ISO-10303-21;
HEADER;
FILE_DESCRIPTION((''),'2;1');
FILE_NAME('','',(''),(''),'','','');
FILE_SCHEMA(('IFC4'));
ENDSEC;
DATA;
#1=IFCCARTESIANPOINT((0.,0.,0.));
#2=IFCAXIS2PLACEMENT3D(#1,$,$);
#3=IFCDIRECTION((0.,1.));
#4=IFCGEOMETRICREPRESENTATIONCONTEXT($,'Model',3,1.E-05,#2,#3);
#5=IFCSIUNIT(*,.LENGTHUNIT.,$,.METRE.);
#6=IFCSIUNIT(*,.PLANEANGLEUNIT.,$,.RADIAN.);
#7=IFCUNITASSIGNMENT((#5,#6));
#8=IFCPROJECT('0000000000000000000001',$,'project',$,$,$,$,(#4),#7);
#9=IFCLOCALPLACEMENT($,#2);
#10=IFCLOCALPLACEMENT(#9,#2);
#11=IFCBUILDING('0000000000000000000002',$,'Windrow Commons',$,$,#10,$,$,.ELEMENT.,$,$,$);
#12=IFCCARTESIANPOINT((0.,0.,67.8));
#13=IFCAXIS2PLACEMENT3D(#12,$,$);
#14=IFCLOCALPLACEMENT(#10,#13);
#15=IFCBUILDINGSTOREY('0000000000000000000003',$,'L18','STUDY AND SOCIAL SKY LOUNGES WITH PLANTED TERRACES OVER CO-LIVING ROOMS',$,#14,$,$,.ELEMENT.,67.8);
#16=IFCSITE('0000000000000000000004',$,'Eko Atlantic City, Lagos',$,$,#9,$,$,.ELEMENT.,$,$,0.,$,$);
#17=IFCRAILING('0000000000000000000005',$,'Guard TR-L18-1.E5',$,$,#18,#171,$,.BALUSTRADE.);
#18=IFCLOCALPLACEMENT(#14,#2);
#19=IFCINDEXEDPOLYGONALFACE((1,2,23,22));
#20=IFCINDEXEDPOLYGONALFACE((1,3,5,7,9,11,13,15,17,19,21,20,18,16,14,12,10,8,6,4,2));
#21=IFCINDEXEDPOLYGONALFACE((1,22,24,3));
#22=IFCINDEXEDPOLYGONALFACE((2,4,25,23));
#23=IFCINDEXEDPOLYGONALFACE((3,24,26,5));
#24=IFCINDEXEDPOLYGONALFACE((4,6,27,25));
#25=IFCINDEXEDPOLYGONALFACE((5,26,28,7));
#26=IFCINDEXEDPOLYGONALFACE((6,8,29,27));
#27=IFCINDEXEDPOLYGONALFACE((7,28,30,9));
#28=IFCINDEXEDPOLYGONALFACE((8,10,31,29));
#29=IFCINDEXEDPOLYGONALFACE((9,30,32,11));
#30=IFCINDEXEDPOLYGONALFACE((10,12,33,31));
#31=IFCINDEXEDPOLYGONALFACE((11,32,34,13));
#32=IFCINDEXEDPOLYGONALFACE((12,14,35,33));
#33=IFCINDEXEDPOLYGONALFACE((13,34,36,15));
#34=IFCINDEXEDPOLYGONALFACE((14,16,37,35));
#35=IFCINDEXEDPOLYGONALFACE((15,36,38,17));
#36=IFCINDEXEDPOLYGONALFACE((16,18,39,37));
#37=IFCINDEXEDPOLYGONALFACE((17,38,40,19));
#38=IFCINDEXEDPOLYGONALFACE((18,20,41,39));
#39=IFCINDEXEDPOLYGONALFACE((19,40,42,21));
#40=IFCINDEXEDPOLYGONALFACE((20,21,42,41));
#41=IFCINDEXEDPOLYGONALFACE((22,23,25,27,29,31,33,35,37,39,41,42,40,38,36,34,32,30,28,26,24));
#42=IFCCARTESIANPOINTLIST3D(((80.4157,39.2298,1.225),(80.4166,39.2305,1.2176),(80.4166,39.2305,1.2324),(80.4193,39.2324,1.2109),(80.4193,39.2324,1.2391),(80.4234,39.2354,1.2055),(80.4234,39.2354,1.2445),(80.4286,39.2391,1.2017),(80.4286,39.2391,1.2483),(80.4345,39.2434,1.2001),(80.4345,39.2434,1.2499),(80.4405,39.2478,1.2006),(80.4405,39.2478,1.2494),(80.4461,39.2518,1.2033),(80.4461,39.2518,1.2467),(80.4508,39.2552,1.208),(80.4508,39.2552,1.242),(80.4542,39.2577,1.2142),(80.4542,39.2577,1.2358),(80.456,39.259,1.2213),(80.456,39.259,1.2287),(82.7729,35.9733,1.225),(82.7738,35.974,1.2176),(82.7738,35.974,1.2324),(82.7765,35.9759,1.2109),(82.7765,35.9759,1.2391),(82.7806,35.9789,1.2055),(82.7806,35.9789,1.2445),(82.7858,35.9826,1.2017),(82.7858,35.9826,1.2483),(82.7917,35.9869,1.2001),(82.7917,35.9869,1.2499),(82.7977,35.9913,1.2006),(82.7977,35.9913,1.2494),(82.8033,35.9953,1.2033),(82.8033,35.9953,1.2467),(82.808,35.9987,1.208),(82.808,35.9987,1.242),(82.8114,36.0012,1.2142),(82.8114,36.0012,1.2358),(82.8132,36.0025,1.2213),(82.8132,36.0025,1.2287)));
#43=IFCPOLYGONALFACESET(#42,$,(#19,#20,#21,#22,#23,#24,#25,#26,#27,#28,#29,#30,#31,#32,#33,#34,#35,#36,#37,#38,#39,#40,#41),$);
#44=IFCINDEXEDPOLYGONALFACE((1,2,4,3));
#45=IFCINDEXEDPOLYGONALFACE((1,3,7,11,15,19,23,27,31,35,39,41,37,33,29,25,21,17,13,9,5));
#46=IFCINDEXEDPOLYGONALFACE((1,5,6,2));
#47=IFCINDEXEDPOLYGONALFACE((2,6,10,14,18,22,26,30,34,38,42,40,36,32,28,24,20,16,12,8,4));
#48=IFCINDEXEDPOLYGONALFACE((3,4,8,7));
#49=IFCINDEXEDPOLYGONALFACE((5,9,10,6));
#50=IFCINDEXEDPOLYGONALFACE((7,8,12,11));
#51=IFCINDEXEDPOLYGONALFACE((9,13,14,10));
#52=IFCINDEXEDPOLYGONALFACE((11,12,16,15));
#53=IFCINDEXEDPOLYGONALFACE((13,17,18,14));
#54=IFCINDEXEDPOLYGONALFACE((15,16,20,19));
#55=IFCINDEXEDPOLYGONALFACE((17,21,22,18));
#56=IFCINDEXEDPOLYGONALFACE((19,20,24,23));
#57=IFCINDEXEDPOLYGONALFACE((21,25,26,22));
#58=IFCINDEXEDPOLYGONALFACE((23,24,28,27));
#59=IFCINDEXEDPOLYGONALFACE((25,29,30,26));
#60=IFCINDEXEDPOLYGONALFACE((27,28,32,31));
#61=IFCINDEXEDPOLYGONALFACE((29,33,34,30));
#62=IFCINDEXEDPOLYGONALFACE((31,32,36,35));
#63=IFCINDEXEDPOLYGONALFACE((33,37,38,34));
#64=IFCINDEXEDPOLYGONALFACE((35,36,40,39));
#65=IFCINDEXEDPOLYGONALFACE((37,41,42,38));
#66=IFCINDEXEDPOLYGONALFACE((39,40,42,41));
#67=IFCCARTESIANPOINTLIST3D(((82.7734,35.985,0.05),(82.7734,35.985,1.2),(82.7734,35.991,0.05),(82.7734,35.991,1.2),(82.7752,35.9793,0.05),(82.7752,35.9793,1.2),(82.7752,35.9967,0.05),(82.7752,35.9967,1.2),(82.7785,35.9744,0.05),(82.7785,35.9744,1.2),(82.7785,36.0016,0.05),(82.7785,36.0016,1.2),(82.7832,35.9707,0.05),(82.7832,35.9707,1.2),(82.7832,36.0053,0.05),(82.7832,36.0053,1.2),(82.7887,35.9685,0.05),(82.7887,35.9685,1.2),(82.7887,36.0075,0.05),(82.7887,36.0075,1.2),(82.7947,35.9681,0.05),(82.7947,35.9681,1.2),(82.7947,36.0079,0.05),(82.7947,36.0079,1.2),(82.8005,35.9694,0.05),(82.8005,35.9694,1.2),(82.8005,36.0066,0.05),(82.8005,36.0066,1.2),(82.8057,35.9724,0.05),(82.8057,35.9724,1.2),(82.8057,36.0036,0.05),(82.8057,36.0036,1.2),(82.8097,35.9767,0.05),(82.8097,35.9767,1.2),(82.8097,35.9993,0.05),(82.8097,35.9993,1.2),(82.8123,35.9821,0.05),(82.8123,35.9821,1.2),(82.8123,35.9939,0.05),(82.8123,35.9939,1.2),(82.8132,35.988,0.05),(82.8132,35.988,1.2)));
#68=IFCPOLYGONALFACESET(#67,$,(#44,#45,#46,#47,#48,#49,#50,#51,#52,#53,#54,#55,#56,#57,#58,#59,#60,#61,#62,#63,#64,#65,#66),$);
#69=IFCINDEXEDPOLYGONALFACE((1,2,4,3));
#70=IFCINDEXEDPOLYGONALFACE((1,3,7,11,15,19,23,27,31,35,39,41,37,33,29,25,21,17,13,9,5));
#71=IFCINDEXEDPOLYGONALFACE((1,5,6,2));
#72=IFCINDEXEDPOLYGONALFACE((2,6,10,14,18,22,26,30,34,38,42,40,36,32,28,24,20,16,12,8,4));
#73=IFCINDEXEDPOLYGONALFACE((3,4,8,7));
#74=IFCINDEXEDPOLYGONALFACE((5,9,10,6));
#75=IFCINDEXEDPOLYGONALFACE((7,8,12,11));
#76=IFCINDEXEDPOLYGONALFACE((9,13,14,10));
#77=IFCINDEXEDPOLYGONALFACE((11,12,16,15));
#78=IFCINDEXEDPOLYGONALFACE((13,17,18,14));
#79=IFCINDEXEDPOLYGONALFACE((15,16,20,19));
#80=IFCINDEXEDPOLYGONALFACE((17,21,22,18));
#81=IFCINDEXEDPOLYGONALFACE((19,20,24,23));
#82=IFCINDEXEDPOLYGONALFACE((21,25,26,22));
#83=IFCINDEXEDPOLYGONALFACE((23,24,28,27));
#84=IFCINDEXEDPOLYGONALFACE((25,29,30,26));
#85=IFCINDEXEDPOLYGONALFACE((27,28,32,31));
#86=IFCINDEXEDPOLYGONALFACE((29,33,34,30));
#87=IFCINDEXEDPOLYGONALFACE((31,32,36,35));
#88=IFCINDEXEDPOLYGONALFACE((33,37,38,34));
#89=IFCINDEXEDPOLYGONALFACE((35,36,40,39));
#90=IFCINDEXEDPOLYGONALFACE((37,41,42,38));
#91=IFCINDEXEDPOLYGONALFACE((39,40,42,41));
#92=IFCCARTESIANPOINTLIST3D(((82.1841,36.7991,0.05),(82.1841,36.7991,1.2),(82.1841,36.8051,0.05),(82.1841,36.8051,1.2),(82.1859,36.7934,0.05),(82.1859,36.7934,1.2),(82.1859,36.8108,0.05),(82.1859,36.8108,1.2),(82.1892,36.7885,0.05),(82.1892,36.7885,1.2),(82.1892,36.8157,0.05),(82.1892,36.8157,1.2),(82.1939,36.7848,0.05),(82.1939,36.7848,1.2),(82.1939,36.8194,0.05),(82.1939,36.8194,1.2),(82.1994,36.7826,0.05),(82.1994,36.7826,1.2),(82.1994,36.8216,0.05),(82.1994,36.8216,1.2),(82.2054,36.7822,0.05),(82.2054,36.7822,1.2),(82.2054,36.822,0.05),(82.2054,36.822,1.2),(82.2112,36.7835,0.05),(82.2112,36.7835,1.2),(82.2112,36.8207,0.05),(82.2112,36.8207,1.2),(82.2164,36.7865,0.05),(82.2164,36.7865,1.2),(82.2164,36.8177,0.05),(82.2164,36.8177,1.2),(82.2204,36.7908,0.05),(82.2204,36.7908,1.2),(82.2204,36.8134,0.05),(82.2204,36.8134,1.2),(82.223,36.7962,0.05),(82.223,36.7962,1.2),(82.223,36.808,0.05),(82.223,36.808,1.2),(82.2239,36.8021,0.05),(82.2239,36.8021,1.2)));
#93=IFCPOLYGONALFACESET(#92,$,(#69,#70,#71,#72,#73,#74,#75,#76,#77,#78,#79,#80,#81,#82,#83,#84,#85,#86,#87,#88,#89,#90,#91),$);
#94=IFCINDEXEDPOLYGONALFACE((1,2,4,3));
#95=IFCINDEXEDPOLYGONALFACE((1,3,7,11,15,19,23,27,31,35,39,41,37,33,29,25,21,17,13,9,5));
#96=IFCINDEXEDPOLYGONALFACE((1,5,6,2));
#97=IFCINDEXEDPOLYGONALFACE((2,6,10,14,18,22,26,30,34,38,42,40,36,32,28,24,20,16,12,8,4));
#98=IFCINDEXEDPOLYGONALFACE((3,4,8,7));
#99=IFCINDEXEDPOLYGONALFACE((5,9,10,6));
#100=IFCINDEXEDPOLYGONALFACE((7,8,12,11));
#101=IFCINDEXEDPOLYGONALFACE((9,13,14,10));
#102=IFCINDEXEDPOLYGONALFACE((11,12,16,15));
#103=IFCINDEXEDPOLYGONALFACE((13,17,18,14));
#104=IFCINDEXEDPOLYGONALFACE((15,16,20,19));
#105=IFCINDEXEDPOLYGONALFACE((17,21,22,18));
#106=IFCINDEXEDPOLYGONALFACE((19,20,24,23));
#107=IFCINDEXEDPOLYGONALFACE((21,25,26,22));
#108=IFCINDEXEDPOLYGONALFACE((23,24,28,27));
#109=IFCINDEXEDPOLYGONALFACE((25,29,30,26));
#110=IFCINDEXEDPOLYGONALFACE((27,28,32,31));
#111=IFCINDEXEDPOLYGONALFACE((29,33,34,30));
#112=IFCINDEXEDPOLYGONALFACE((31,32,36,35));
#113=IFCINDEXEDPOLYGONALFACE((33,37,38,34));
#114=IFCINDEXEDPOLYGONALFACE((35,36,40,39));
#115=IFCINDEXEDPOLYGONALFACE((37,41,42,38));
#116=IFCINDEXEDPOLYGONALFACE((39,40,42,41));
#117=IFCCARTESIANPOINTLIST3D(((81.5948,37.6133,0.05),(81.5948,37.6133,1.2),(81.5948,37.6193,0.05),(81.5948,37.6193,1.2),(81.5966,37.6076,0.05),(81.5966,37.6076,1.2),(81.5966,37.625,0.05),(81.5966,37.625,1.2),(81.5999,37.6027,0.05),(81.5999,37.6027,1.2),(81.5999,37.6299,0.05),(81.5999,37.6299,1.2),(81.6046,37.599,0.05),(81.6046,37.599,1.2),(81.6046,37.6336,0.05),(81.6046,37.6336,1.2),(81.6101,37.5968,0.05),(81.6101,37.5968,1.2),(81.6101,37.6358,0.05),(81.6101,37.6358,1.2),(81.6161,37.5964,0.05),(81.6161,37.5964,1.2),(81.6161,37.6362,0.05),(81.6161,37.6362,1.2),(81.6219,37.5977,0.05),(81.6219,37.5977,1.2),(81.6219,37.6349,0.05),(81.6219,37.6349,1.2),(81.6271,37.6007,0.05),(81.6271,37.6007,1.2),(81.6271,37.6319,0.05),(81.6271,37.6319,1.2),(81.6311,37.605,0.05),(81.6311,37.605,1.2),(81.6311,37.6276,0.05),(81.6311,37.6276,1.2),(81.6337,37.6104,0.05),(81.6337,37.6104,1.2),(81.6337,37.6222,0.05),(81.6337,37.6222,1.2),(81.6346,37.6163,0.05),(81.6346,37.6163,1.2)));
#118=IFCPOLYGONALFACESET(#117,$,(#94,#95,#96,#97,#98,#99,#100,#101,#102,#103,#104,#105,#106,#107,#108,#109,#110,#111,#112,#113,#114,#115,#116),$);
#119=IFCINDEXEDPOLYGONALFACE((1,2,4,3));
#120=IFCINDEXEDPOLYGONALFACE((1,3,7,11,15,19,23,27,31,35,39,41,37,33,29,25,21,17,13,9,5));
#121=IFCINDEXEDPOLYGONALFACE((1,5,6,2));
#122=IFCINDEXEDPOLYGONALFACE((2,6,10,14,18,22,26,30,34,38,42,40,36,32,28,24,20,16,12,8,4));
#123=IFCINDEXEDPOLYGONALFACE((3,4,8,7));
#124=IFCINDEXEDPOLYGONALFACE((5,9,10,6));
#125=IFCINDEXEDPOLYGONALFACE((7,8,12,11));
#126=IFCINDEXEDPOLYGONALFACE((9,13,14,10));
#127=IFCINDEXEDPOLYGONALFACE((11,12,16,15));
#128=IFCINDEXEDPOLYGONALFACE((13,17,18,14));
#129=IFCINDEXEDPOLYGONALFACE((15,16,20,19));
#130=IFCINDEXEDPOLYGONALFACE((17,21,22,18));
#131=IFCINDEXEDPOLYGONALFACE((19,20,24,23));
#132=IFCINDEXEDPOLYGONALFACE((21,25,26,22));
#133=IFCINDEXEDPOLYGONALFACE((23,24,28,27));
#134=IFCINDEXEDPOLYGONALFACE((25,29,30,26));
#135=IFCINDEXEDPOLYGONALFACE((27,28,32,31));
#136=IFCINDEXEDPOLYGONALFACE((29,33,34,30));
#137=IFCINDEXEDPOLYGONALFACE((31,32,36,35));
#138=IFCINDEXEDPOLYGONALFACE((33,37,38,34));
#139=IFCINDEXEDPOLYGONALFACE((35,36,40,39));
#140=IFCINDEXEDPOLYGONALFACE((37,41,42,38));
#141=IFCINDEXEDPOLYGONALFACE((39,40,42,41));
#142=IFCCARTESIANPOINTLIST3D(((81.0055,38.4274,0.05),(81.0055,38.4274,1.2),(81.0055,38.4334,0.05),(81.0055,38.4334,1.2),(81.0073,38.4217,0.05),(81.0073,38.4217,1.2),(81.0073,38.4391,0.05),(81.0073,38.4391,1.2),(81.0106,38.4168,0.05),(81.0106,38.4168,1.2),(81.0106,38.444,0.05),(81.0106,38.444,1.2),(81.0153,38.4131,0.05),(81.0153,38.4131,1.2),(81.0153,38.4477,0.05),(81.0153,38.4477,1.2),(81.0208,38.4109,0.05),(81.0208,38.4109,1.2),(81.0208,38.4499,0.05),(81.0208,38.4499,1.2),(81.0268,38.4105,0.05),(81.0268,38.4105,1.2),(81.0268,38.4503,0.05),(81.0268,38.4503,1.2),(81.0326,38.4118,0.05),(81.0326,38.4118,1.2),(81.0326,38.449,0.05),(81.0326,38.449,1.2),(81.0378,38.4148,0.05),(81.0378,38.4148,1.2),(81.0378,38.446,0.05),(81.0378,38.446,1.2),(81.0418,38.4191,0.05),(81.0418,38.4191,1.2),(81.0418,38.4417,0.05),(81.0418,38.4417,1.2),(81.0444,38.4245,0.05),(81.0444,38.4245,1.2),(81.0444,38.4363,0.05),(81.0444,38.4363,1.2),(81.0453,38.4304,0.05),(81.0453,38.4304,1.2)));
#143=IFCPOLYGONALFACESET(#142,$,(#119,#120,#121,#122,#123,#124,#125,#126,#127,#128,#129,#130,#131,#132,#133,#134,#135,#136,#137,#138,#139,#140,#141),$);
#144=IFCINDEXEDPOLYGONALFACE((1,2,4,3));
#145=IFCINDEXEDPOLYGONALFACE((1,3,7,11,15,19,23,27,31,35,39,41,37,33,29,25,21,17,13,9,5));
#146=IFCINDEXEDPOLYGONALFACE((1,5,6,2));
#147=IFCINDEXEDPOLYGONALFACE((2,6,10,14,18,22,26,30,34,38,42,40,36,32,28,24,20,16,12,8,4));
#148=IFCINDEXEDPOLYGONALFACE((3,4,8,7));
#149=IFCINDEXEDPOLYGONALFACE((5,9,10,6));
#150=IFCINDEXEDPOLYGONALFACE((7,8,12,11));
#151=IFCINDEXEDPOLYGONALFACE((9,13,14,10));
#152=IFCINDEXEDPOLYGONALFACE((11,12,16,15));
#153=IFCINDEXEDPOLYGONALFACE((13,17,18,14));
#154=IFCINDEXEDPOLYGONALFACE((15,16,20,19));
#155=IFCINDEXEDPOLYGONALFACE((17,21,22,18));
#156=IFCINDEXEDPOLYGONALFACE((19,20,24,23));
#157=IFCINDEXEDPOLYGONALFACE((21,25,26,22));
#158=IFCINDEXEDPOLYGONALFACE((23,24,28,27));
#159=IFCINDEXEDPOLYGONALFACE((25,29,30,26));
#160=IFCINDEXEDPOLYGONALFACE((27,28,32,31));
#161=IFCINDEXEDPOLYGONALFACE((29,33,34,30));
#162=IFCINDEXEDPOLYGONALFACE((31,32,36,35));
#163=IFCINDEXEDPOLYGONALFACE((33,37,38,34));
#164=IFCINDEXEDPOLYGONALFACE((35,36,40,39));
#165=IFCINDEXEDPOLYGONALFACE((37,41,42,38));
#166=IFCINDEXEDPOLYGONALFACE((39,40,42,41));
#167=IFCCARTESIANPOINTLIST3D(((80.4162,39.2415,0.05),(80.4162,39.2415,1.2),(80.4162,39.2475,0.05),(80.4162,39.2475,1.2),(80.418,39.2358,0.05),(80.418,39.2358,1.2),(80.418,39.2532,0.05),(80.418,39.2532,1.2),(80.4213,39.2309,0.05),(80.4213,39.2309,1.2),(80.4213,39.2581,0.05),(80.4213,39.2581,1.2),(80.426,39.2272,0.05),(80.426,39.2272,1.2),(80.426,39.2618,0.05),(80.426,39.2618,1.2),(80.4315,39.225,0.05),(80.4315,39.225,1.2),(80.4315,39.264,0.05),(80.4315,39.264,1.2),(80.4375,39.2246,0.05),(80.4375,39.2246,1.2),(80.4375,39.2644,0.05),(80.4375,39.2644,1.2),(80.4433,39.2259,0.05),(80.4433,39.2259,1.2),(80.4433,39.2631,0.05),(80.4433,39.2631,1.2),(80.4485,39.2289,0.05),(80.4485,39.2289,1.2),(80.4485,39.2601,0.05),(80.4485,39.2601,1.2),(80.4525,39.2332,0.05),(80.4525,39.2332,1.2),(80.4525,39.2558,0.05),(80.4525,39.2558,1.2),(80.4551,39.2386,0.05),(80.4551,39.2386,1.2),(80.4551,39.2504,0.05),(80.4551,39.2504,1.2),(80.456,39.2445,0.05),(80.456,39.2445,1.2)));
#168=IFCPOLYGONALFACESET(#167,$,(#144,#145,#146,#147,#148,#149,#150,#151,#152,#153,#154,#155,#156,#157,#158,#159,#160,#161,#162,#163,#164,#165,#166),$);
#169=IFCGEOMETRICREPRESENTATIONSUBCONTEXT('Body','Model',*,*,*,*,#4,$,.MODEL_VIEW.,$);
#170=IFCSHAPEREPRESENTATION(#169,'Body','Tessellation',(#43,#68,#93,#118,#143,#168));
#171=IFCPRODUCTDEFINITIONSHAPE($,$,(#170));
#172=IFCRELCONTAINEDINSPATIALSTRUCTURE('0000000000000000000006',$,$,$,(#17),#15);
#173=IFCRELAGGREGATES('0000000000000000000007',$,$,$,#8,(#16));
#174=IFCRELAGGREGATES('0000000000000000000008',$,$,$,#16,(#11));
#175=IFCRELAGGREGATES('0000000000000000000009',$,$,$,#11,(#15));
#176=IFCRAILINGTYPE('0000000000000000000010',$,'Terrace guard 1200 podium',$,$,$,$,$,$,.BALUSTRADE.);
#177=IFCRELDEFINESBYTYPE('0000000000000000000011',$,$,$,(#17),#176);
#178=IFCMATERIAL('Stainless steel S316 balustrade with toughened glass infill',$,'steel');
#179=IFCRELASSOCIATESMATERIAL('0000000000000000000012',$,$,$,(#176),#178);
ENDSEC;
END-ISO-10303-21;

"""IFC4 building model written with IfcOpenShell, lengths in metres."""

from ifc_helpers import new_model, si_unit, direction, frame, origin, origin_2d, place, context, subcontext, project, spatial, circle, extrude, material, type_object, element, save


model = new_model("IFC4")

# Units and contexts
model_context = context("Model", 3, precision=1e-05, world=origin(), true_north=direction((0.0, 1.0)))
body_context = subcontext(model_context, "Body", "Model", "MODEL_VIEW")
ifc_project = project(units=[si_unit("LENGTHUNIT", "METRE"), si_unit("PLANEANGLEUNIT", "RADIAN")], contexts=[model_context])

# Site, building, storey
site_placement = place(None, origin())
site = spatial("IfcSite", under=ifc_project, at=site_placement, Name="Eko Atlantic City, Lagos", CompositionType="ELEMENT", RefElevation=0.0)
building_placement = place(site_placement, origin())
building = spatial("IfcBuilding", under=site, at=building_placement, Name="Windrow Commons", CompositionType="ELEMENT")
storey_placement = place(building_placement, frame((0.0, 0.0, 67.8)))
storey = spatial("IfcBuildingStorey", under=building, at=storey_placement, Name="L18", Description="STUDY AND SOCIAL SKY LOUNGES WITH PLANTED TERRACES OVER CO-LIVING ROOMS", CompositionType="ELEMENT", Elevation=67.8)

# Railing
ifc_material_1 = material(Name="Stainless steel S316 balustrade with toughened glass infill", Category="steel")
railing_type = type_object("IfcRailingType", Name="Terrace guard 1200 podium", PredefinedType="BALUSTRADE", material=ifc_material_1)
railing_1_placement = place(storey_placement, frame((82.7932, 35.988, 0.05)))
element("IfcRailing", 1, at=railing_1_placement, inside=storey, type_object=railing_type, Name="Guard TR-L18-1.E5", PredefinedType="BALUSTRADE", context=body_context, shape_type="SweptSolid", body=[
    extrude(circle(Radius=0.025, at=origin_2d()), frame((0.0, 0.0, 1.175), z_axis=(-0.586354, 0.810055, 0.0), x_axis=(-0.810055, -0.586354, 0.0)), (0.0, 0.0, 1.0), 4.0201),
    extrude(circle(Radius=0.02, at=origin_2d()), origin(), (0.0, 0.0, 1.0), 1.15),
    extrude(circle(Radius=0.02, at=origin_2d()), frame((-0.5893, 0.8141, 0.0)), (0.0, 0.0, 1.0), 1.15),
    extrude(circle(Radius=0.02, at=origin_2d()), frame((-1.1786, 1.6283, 0.0)), (0.0, 0.0, 1.0), 1.15),
    extrude(circle(Radius=0.02, at=origin_2d()), frame((-1.7679, 2.4424, 0.0)), (0.0, 0.0, 1.0), 1.15),
    extrude(circle(Radius=0.02, at=origin_2d()), frame((-2.3572, 3.2565, 0.0)), (0.0, 0.0, 1.0), 1.15),
])

save(model, "model.ifc")
